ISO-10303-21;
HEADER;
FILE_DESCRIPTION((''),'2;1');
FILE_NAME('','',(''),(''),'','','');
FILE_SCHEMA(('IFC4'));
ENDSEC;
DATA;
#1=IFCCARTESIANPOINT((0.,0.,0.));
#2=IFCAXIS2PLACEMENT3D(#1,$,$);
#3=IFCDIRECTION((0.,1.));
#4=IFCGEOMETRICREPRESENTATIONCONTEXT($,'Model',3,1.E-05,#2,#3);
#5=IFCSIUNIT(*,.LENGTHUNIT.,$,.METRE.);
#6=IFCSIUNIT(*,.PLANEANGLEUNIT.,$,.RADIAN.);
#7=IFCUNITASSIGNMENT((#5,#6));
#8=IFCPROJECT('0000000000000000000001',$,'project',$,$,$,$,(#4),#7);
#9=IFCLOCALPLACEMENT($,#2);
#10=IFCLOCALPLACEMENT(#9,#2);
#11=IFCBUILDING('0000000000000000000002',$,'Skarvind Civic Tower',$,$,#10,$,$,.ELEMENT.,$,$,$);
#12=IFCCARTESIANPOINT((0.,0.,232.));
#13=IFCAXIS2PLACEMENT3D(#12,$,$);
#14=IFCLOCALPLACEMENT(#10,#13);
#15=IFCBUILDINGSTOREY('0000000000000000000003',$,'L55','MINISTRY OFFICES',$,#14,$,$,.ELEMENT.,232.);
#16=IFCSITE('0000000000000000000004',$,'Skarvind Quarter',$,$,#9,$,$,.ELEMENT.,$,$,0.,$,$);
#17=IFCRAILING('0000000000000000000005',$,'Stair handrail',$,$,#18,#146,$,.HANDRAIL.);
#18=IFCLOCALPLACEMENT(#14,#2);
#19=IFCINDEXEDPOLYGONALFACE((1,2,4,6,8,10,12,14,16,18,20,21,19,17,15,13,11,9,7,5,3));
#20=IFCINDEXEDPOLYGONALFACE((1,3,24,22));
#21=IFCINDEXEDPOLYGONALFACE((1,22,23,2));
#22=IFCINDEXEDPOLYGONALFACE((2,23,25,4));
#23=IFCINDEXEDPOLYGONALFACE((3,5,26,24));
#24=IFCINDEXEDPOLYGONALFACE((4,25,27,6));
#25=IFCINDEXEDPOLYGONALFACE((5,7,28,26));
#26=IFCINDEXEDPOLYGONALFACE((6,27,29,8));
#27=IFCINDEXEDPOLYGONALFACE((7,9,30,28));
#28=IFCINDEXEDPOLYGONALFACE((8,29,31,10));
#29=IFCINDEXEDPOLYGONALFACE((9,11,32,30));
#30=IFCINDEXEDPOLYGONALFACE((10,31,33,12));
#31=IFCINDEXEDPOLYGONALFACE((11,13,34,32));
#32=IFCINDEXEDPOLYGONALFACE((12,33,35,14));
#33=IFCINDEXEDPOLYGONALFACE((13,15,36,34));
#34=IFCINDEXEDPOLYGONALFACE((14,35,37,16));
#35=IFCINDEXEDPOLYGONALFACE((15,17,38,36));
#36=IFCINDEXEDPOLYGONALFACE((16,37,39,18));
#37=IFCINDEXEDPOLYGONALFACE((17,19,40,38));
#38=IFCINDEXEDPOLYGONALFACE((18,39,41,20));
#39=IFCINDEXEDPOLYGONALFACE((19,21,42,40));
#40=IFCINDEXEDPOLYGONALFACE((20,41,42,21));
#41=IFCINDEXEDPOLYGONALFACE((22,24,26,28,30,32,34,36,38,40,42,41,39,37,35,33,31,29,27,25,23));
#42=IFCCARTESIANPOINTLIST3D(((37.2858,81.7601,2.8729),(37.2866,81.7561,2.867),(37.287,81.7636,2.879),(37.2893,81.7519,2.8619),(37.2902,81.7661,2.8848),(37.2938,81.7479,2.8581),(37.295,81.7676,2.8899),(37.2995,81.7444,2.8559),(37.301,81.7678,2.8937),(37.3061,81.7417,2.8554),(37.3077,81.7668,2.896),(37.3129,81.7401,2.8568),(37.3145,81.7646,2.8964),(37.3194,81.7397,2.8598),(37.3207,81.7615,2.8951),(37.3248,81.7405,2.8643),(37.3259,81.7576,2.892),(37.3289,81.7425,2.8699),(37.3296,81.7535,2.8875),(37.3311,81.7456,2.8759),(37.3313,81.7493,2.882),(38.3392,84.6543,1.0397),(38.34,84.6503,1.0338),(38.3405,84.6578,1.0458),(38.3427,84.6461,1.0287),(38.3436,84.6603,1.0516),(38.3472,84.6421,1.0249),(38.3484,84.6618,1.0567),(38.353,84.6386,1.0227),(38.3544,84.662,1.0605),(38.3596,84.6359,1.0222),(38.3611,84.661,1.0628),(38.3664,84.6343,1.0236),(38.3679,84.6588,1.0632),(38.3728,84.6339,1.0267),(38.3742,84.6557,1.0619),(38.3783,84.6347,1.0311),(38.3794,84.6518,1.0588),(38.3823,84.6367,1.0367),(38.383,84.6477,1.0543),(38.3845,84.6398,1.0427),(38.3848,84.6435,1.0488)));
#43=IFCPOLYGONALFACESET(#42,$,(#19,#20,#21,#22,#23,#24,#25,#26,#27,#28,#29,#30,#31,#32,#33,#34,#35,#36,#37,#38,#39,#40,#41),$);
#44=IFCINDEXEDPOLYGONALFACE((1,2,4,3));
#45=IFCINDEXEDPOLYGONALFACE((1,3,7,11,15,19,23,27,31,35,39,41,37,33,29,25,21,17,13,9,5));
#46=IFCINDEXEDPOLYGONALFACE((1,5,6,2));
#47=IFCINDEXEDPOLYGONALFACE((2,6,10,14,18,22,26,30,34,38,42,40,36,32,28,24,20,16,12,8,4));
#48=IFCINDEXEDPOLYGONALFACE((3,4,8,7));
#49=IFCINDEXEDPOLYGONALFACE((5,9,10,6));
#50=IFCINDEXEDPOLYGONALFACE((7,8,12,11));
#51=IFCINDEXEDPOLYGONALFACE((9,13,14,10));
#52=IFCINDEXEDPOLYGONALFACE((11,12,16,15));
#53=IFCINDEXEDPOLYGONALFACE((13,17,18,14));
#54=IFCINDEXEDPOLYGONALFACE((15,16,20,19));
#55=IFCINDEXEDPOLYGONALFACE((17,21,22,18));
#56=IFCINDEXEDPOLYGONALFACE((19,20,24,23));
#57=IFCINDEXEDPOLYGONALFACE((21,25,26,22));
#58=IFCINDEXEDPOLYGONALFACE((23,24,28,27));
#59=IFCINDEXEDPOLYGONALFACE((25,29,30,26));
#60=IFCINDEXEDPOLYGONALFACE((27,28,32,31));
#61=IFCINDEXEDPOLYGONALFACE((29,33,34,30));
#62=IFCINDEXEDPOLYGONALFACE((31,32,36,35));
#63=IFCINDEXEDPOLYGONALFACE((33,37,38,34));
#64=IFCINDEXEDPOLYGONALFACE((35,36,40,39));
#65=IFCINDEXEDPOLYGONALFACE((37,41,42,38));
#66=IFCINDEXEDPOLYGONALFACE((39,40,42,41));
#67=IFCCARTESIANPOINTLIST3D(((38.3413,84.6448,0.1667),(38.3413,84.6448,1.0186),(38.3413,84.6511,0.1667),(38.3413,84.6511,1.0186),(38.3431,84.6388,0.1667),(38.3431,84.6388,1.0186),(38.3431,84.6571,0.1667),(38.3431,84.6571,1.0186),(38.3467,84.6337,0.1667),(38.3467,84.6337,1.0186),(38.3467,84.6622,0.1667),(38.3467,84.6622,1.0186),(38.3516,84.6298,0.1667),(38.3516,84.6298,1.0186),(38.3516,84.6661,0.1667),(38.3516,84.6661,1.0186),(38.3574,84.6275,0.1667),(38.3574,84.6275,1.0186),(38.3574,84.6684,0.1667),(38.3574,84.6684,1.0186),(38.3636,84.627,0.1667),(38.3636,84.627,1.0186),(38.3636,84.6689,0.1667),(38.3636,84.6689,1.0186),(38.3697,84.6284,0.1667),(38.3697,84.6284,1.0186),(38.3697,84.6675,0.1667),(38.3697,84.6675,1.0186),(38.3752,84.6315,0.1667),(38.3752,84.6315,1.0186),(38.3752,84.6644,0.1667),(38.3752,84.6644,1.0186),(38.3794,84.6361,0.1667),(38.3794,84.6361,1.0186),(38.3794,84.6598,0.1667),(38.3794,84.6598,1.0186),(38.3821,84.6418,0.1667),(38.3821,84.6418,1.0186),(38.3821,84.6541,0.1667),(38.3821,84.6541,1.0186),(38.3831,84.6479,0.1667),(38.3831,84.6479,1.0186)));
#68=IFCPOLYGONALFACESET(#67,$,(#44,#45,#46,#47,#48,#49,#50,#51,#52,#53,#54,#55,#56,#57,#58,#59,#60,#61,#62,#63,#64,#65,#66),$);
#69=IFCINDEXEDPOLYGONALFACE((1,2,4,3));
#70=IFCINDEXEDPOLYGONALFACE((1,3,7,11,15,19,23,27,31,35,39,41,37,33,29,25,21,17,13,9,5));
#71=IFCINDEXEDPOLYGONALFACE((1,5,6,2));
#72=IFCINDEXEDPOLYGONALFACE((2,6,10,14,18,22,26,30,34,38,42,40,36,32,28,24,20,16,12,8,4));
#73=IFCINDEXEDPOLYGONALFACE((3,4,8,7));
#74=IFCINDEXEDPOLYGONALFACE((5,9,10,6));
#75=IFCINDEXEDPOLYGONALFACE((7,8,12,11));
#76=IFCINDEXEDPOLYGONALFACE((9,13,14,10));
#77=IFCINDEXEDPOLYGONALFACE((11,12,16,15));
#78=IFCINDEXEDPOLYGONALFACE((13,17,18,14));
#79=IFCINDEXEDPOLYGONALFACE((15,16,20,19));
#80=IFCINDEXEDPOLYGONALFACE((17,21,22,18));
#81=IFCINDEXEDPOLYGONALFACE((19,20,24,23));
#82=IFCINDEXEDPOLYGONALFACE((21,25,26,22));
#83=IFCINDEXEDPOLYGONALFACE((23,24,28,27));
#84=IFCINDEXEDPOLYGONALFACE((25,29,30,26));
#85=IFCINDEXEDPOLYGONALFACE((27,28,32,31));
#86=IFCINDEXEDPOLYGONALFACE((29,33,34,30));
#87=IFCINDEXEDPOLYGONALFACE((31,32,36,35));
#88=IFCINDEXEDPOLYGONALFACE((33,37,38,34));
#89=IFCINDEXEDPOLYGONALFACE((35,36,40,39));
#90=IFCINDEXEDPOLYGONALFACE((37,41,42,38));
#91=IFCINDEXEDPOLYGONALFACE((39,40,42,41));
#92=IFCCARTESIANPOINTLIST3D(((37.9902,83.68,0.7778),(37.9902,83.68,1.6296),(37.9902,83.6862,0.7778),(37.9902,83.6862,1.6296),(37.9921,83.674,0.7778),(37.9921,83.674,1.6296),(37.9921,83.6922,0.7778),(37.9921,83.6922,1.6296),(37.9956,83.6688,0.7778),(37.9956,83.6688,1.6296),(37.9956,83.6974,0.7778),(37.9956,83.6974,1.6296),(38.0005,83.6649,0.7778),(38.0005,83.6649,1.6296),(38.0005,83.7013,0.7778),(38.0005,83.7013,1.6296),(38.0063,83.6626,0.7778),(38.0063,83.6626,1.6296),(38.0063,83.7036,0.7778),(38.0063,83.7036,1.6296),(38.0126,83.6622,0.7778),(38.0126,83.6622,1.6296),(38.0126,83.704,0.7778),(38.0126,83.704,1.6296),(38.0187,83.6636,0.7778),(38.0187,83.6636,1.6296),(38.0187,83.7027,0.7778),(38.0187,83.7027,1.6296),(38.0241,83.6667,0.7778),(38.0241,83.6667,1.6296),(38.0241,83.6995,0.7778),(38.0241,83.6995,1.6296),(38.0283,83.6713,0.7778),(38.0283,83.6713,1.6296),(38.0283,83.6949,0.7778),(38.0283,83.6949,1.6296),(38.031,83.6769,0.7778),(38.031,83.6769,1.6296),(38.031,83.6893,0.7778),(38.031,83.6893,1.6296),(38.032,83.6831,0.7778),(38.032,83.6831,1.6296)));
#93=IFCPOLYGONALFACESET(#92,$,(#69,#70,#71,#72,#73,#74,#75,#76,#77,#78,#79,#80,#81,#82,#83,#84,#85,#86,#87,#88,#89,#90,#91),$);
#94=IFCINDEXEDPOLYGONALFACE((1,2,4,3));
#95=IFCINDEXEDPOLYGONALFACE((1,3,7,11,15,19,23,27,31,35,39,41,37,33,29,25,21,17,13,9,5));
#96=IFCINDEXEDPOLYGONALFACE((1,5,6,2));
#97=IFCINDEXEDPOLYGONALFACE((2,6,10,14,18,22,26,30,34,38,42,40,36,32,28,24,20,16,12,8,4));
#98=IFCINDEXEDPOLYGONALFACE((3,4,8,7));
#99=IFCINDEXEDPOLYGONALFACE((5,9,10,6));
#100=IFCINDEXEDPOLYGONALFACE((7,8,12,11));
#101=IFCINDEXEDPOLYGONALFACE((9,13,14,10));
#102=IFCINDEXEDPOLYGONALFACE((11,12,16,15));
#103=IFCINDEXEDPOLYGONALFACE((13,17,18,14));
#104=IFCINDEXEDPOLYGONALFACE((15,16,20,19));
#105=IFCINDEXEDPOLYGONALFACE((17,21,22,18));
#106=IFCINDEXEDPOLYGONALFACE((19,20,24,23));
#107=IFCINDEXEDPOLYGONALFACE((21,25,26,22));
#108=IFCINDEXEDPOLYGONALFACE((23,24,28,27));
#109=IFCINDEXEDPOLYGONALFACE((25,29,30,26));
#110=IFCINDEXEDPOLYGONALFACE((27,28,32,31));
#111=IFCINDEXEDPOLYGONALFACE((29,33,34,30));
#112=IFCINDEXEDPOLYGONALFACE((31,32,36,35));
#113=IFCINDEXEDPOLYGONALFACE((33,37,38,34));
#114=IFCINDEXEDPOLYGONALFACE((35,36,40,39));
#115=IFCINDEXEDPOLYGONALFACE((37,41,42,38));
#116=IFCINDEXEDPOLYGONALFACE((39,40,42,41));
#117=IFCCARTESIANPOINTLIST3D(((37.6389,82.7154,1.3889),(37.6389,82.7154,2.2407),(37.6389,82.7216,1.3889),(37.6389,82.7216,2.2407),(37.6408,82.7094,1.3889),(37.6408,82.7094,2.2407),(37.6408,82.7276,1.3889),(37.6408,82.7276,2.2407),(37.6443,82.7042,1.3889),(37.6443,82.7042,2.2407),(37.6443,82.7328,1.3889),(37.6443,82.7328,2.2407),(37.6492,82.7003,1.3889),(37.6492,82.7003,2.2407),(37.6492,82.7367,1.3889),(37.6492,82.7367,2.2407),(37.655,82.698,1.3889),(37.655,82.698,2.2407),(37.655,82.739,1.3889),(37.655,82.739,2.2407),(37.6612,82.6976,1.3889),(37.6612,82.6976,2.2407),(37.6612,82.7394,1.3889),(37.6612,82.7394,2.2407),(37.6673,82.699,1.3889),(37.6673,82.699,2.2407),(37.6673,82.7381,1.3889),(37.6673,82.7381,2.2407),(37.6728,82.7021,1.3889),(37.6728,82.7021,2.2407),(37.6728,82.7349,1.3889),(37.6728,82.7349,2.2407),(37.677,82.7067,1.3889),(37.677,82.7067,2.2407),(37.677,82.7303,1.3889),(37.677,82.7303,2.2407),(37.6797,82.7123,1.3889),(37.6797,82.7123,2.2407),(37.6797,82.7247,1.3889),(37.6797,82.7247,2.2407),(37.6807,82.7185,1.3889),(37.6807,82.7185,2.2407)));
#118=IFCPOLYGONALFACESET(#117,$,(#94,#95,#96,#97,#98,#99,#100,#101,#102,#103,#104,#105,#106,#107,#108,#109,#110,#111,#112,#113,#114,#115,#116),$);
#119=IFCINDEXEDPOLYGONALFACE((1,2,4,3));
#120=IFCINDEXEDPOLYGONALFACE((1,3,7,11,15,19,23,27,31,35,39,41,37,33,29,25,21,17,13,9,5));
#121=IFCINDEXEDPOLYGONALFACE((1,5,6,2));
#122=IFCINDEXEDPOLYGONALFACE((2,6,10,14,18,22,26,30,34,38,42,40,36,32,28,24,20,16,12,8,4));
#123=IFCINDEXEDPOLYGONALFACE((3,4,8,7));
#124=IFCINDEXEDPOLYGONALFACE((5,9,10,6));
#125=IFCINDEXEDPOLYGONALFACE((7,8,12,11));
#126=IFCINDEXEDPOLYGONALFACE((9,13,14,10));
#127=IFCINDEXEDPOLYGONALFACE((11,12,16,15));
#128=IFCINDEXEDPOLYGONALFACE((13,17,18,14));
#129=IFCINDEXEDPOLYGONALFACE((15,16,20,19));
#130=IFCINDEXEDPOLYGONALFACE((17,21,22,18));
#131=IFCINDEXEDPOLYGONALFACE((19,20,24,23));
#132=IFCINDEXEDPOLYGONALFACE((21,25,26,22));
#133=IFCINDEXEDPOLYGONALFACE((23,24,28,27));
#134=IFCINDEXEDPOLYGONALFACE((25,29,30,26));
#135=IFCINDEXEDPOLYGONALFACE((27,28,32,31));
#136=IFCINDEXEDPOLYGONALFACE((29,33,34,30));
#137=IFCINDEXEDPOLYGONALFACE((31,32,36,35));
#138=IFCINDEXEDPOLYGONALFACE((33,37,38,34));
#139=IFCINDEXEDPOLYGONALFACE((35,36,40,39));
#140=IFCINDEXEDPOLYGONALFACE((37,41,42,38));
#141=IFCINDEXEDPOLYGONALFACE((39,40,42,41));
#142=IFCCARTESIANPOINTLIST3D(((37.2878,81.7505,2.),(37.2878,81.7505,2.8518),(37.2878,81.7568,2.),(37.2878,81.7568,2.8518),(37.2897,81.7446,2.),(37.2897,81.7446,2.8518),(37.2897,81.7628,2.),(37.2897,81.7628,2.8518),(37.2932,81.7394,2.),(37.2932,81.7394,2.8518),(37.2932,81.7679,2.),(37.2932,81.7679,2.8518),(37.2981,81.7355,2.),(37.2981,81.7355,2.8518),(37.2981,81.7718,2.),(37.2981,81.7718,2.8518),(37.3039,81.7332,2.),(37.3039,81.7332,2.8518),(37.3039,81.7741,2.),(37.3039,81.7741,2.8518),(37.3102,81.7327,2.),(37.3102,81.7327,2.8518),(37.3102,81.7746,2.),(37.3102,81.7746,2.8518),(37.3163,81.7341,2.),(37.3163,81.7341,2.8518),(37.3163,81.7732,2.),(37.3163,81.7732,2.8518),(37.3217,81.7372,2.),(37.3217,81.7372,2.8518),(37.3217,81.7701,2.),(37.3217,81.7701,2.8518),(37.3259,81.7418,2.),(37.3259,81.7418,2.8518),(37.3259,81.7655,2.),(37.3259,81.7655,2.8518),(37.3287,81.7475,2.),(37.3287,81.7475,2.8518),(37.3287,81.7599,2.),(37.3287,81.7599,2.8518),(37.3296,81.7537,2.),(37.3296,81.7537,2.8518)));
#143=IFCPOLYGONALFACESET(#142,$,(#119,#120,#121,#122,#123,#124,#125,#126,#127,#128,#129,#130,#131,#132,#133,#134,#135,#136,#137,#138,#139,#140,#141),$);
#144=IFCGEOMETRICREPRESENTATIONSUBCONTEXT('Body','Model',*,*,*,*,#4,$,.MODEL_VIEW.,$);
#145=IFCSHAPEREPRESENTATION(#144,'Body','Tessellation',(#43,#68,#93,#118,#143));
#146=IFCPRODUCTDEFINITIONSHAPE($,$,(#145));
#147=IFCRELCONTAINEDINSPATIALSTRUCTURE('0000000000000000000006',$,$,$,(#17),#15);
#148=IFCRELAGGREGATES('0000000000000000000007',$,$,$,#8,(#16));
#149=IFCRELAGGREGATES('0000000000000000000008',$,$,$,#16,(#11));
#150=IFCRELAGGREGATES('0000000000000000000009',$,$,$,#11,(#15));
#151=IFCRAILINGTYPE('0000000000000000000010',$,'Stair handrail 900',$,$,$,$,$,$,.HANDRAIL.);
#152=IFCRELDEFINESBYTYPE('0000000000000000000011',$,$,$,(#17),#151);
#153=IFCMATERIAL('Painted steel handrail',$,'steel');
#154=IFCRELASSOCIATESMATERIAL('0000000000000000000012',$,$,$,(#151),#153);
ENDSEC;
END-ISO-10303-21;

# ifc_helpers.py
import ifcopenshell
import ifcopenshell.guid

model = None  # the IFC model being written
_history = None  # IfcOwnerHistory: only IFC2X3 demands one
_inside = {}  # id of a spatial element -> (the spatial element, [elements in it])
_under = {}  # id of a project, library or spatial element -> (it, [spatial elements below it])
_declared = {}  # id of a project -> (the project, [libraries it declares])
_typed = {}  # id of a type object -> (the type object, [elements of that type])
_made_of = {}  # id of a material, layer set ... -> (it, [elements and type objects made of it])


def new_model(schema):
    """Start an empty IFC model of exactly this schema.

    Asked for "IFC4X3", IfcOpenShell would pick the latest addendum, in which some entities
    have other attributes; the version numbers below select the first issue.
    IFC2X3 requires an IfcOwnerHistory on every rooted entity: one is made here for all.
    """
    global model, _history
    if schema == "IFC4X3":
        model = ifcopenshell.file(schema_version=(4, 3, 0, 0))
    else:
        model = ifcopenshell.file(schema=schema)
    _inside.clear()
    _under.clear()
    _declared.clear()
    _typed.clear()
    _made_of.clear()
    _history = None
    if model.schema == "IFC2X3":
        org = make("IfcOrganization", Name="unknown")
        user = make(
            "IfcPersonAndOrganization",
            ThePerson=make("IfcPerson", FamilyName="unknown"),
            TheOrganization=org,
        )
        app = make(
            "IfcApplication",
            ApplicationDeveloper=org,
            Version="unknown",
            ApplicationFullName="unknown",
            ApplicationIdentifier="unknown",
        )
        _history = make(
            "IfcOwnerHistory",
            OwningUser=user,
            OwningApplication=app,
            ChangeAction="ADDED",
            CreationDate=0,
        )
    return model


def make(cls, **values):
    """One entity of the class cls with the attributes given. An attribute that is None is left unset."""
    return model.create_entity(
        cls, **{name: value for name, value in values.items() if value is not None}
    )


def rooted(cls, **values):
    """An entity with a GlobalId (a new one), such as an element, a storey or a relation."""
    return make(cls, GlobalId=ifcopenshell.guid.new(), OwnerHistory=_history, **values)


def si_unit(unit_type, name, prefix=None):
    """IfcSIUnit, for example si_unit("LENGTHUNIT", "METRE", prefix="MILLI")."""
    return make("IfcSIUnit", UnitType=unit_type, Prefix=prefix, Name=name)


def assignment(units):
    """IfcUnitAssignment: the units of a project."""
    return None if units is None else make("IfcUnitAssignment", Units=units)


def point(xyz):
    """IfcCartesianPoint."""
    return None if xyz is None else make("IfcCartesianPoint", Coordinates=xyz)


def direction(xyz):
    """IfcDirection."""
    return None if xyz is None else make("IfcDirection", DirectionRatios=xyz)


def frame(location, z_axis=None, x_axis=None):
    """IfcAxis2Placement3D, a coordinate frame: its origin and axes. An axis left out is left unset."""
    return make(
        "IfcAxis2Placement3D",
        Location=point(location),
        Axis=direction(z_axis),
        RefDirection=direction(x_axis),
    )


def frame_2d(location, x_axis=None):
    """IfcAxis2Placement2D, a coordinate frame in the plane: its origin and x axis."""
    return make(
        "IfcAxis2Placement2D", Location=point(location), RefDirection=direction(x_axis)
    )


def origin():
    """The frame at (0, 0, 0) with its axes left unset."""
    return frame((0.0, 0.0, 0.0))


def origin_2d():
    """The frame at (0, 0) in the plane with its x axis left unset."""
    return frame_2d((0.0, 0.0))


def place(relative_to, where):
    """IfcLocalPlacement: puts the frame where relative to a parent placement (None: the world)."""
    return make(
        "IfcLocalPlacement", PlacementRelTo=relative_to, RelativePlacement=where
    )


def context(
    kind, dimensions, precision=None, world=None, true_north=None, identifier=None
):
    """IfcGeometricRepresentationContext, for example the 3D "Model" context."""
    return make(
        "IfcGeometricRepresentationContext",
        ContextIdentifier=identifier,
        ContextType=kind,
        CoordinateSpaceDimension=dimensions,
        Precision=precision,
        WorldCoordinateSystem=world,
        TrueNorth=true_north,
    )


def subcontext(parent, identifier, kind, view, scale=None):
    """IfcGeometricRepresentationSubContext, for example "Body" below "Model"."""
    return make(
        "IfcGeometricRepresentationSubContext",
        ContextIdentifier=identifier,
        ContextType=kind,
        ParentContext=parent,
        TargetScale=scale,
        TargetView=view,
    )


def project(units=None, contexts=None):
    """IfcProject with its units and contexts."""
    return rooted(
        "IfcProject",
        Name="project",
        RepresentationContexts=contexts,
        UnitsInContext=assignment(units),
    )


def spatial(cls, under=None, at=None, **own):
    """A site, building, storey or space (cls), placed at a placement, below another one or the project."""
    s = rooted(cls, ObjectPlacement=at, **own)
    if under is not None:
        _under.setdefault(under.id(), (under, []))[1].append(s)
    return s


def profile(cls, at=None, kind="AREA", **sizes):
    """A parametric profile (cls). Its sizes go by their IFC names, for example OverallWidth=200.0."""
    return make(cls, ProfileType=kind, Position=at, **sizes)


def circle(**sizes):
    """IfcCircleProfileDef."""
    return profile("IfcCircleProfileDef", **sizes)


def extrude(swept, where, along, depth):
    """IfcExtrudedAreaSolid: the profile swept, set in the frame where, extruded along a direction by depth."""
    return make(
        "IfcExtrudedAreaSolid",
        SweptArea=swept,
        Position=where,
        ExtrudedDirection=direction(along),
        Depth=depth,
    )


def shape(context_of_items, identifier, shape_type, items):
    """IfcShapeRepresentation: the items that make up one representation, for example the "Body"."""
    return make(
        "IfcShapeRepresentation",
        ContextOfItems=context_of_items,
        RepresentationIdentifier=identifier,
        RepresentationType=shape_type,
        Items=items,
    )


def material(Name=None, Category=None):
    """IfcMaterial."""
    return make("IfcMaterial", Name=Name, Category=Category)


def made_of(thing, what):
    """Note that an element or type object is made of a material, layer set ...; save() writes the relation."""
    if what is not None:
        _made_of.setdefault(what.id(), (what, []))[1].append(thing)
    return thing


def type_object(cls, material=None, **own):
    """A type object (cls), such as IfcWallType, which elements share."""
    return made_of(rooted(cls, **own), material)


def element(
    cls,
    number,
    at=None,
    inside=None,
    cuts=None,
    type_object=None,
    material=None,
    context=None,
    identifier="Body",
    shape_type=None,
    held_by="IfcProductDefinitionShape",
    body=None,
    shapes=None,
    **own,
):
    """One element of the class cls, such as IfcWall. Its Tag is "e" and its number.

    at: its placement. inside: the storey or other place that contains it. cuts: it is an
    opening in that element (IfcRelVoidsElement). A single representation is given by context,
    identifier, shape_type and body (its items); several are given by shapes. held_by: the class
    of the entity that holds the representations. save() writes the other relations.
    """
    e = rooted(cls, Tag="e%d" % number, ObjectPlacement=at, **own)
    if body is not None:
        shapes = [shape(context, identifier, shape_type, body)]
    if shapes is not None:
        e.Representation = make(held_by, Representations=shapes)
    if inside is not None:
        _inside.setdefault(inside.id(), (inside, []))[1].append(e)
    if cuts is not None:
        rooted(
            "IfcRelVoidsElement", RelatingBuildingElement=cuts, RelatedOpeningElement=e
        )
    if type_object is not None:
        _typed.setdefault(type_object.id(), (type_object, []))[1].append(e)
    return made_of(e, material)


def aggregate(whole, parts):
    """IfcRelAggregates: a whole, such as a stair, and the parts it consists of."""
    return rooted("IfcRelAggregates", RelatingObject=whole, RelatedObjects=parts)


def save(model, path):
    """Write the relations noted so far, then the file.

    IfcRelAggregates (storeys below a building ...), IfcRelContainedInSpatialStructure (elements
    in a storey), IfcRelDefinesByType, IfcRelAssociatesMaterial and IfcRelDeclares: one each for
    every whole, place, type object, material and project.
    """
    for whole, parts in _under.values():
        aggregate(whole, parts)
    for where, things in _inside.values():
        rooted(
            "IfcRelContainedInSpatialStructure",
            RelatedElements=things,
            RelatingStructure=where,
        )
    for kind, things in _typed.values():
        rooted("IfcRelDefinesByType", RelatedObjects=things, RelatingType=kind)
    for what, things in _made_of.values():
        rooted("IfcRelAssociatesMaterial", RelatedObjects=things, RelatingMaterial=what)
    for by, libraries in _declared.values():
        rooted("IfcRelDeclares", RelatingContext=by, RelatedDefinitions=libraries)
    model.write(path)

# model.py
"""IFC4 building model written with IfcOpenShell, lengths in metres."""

from ifc_helpers import new_model, si_unit, direction, frame, origin, origin_2d, place, context, subcontext, project, spatial, circle, extrude, material, type_object, element, save


model = new_model("IFC4")

# Units and contexts
model_context = context("Model", 3, precision=1e-05, world=origin(), true_north=direction((0.0, 1.0)))
body_context = subcontext(model_context, "Body", "Model", "MODEL_VIEW")
ifc_project = project(units=[si_unit("LENGTHUNIT", "METRE"), si_unit("PLANEANGLEUNIT", "RADIAN")], contexts=[model_context])

# Site, building, storey
site_placement = place(None, origin())
site = spatial("IfcSite", under=ifc_project, at=site_placement, Name="Skarvind Quarter", CompositionType="ELEMENT", RefElevation=0.0)
building_placement = place(site_placement, origin())
building = spatial("IfcBuilding", under=site, at=building_placement, Name="Skarvind Civic Tower", CompositionType="ELEMENT")
storey_placement = place(building_placement, frame((0.0, 0.0, 232.0)))
storey = spatial("IfcBuildingStorey", under=building, at=storey_placement, Name="L55", Description="MINISTRY OFFICES", CompositionType="ELEMENT", Elevation=232.0)

# Railing
ifc_material_1 = material(Name="Painted steel handrail", Category="steel")
railing_type = type_object("IfcRailingType", Name="Stair handrail 900", PredefinedType="HANDRAIL", material=ifc_material_1)
railing_placement = place(storey_placement, frame((38.3621, 84.6479, 0.1667)))
element("IfcRailing", 1, at=railing_placement, inside=storey, type_object=railing_type, Name="Stair handrail", PredefinedType="HANDRAIL", context=body_context, shape_type="SweptSolid", body=[
    extrude(circle(Radius=0.0239, at=origin_2d()), frame((0.0, 0.0, 0.876), z_axis=(-0.293908, -0.807481, 0.511461), x_axis=(0.939689, -0.342029, 0.0)), (0.0, 0.0, 1.0), 3.5842),
    extrude(circle(Radius=0.021, at=origin_2d()), origin(), (0.0, 0.0, 1.0), 0.8518),
    extrude(circle(Radius=0.021, at=origin_2d()), frame((-0.3511, -0.9648, 0.6111)), (0.0, 0.0, 1.0), 0.8518),
    extrude(circle(Radius=0.021, at=origin_2d()), frame((-0.7024, -1.9294, 1.2222)), (0.0, 0.0, 1.0), 0.8518),
    extrude(circle(Radius=0.021, at=origin_2d()), frame((-1.0535, -2.8943, 1.8333)), (0.0, 0.0, 1.0), 0.8518),
])

save(model, "model.ifc")
